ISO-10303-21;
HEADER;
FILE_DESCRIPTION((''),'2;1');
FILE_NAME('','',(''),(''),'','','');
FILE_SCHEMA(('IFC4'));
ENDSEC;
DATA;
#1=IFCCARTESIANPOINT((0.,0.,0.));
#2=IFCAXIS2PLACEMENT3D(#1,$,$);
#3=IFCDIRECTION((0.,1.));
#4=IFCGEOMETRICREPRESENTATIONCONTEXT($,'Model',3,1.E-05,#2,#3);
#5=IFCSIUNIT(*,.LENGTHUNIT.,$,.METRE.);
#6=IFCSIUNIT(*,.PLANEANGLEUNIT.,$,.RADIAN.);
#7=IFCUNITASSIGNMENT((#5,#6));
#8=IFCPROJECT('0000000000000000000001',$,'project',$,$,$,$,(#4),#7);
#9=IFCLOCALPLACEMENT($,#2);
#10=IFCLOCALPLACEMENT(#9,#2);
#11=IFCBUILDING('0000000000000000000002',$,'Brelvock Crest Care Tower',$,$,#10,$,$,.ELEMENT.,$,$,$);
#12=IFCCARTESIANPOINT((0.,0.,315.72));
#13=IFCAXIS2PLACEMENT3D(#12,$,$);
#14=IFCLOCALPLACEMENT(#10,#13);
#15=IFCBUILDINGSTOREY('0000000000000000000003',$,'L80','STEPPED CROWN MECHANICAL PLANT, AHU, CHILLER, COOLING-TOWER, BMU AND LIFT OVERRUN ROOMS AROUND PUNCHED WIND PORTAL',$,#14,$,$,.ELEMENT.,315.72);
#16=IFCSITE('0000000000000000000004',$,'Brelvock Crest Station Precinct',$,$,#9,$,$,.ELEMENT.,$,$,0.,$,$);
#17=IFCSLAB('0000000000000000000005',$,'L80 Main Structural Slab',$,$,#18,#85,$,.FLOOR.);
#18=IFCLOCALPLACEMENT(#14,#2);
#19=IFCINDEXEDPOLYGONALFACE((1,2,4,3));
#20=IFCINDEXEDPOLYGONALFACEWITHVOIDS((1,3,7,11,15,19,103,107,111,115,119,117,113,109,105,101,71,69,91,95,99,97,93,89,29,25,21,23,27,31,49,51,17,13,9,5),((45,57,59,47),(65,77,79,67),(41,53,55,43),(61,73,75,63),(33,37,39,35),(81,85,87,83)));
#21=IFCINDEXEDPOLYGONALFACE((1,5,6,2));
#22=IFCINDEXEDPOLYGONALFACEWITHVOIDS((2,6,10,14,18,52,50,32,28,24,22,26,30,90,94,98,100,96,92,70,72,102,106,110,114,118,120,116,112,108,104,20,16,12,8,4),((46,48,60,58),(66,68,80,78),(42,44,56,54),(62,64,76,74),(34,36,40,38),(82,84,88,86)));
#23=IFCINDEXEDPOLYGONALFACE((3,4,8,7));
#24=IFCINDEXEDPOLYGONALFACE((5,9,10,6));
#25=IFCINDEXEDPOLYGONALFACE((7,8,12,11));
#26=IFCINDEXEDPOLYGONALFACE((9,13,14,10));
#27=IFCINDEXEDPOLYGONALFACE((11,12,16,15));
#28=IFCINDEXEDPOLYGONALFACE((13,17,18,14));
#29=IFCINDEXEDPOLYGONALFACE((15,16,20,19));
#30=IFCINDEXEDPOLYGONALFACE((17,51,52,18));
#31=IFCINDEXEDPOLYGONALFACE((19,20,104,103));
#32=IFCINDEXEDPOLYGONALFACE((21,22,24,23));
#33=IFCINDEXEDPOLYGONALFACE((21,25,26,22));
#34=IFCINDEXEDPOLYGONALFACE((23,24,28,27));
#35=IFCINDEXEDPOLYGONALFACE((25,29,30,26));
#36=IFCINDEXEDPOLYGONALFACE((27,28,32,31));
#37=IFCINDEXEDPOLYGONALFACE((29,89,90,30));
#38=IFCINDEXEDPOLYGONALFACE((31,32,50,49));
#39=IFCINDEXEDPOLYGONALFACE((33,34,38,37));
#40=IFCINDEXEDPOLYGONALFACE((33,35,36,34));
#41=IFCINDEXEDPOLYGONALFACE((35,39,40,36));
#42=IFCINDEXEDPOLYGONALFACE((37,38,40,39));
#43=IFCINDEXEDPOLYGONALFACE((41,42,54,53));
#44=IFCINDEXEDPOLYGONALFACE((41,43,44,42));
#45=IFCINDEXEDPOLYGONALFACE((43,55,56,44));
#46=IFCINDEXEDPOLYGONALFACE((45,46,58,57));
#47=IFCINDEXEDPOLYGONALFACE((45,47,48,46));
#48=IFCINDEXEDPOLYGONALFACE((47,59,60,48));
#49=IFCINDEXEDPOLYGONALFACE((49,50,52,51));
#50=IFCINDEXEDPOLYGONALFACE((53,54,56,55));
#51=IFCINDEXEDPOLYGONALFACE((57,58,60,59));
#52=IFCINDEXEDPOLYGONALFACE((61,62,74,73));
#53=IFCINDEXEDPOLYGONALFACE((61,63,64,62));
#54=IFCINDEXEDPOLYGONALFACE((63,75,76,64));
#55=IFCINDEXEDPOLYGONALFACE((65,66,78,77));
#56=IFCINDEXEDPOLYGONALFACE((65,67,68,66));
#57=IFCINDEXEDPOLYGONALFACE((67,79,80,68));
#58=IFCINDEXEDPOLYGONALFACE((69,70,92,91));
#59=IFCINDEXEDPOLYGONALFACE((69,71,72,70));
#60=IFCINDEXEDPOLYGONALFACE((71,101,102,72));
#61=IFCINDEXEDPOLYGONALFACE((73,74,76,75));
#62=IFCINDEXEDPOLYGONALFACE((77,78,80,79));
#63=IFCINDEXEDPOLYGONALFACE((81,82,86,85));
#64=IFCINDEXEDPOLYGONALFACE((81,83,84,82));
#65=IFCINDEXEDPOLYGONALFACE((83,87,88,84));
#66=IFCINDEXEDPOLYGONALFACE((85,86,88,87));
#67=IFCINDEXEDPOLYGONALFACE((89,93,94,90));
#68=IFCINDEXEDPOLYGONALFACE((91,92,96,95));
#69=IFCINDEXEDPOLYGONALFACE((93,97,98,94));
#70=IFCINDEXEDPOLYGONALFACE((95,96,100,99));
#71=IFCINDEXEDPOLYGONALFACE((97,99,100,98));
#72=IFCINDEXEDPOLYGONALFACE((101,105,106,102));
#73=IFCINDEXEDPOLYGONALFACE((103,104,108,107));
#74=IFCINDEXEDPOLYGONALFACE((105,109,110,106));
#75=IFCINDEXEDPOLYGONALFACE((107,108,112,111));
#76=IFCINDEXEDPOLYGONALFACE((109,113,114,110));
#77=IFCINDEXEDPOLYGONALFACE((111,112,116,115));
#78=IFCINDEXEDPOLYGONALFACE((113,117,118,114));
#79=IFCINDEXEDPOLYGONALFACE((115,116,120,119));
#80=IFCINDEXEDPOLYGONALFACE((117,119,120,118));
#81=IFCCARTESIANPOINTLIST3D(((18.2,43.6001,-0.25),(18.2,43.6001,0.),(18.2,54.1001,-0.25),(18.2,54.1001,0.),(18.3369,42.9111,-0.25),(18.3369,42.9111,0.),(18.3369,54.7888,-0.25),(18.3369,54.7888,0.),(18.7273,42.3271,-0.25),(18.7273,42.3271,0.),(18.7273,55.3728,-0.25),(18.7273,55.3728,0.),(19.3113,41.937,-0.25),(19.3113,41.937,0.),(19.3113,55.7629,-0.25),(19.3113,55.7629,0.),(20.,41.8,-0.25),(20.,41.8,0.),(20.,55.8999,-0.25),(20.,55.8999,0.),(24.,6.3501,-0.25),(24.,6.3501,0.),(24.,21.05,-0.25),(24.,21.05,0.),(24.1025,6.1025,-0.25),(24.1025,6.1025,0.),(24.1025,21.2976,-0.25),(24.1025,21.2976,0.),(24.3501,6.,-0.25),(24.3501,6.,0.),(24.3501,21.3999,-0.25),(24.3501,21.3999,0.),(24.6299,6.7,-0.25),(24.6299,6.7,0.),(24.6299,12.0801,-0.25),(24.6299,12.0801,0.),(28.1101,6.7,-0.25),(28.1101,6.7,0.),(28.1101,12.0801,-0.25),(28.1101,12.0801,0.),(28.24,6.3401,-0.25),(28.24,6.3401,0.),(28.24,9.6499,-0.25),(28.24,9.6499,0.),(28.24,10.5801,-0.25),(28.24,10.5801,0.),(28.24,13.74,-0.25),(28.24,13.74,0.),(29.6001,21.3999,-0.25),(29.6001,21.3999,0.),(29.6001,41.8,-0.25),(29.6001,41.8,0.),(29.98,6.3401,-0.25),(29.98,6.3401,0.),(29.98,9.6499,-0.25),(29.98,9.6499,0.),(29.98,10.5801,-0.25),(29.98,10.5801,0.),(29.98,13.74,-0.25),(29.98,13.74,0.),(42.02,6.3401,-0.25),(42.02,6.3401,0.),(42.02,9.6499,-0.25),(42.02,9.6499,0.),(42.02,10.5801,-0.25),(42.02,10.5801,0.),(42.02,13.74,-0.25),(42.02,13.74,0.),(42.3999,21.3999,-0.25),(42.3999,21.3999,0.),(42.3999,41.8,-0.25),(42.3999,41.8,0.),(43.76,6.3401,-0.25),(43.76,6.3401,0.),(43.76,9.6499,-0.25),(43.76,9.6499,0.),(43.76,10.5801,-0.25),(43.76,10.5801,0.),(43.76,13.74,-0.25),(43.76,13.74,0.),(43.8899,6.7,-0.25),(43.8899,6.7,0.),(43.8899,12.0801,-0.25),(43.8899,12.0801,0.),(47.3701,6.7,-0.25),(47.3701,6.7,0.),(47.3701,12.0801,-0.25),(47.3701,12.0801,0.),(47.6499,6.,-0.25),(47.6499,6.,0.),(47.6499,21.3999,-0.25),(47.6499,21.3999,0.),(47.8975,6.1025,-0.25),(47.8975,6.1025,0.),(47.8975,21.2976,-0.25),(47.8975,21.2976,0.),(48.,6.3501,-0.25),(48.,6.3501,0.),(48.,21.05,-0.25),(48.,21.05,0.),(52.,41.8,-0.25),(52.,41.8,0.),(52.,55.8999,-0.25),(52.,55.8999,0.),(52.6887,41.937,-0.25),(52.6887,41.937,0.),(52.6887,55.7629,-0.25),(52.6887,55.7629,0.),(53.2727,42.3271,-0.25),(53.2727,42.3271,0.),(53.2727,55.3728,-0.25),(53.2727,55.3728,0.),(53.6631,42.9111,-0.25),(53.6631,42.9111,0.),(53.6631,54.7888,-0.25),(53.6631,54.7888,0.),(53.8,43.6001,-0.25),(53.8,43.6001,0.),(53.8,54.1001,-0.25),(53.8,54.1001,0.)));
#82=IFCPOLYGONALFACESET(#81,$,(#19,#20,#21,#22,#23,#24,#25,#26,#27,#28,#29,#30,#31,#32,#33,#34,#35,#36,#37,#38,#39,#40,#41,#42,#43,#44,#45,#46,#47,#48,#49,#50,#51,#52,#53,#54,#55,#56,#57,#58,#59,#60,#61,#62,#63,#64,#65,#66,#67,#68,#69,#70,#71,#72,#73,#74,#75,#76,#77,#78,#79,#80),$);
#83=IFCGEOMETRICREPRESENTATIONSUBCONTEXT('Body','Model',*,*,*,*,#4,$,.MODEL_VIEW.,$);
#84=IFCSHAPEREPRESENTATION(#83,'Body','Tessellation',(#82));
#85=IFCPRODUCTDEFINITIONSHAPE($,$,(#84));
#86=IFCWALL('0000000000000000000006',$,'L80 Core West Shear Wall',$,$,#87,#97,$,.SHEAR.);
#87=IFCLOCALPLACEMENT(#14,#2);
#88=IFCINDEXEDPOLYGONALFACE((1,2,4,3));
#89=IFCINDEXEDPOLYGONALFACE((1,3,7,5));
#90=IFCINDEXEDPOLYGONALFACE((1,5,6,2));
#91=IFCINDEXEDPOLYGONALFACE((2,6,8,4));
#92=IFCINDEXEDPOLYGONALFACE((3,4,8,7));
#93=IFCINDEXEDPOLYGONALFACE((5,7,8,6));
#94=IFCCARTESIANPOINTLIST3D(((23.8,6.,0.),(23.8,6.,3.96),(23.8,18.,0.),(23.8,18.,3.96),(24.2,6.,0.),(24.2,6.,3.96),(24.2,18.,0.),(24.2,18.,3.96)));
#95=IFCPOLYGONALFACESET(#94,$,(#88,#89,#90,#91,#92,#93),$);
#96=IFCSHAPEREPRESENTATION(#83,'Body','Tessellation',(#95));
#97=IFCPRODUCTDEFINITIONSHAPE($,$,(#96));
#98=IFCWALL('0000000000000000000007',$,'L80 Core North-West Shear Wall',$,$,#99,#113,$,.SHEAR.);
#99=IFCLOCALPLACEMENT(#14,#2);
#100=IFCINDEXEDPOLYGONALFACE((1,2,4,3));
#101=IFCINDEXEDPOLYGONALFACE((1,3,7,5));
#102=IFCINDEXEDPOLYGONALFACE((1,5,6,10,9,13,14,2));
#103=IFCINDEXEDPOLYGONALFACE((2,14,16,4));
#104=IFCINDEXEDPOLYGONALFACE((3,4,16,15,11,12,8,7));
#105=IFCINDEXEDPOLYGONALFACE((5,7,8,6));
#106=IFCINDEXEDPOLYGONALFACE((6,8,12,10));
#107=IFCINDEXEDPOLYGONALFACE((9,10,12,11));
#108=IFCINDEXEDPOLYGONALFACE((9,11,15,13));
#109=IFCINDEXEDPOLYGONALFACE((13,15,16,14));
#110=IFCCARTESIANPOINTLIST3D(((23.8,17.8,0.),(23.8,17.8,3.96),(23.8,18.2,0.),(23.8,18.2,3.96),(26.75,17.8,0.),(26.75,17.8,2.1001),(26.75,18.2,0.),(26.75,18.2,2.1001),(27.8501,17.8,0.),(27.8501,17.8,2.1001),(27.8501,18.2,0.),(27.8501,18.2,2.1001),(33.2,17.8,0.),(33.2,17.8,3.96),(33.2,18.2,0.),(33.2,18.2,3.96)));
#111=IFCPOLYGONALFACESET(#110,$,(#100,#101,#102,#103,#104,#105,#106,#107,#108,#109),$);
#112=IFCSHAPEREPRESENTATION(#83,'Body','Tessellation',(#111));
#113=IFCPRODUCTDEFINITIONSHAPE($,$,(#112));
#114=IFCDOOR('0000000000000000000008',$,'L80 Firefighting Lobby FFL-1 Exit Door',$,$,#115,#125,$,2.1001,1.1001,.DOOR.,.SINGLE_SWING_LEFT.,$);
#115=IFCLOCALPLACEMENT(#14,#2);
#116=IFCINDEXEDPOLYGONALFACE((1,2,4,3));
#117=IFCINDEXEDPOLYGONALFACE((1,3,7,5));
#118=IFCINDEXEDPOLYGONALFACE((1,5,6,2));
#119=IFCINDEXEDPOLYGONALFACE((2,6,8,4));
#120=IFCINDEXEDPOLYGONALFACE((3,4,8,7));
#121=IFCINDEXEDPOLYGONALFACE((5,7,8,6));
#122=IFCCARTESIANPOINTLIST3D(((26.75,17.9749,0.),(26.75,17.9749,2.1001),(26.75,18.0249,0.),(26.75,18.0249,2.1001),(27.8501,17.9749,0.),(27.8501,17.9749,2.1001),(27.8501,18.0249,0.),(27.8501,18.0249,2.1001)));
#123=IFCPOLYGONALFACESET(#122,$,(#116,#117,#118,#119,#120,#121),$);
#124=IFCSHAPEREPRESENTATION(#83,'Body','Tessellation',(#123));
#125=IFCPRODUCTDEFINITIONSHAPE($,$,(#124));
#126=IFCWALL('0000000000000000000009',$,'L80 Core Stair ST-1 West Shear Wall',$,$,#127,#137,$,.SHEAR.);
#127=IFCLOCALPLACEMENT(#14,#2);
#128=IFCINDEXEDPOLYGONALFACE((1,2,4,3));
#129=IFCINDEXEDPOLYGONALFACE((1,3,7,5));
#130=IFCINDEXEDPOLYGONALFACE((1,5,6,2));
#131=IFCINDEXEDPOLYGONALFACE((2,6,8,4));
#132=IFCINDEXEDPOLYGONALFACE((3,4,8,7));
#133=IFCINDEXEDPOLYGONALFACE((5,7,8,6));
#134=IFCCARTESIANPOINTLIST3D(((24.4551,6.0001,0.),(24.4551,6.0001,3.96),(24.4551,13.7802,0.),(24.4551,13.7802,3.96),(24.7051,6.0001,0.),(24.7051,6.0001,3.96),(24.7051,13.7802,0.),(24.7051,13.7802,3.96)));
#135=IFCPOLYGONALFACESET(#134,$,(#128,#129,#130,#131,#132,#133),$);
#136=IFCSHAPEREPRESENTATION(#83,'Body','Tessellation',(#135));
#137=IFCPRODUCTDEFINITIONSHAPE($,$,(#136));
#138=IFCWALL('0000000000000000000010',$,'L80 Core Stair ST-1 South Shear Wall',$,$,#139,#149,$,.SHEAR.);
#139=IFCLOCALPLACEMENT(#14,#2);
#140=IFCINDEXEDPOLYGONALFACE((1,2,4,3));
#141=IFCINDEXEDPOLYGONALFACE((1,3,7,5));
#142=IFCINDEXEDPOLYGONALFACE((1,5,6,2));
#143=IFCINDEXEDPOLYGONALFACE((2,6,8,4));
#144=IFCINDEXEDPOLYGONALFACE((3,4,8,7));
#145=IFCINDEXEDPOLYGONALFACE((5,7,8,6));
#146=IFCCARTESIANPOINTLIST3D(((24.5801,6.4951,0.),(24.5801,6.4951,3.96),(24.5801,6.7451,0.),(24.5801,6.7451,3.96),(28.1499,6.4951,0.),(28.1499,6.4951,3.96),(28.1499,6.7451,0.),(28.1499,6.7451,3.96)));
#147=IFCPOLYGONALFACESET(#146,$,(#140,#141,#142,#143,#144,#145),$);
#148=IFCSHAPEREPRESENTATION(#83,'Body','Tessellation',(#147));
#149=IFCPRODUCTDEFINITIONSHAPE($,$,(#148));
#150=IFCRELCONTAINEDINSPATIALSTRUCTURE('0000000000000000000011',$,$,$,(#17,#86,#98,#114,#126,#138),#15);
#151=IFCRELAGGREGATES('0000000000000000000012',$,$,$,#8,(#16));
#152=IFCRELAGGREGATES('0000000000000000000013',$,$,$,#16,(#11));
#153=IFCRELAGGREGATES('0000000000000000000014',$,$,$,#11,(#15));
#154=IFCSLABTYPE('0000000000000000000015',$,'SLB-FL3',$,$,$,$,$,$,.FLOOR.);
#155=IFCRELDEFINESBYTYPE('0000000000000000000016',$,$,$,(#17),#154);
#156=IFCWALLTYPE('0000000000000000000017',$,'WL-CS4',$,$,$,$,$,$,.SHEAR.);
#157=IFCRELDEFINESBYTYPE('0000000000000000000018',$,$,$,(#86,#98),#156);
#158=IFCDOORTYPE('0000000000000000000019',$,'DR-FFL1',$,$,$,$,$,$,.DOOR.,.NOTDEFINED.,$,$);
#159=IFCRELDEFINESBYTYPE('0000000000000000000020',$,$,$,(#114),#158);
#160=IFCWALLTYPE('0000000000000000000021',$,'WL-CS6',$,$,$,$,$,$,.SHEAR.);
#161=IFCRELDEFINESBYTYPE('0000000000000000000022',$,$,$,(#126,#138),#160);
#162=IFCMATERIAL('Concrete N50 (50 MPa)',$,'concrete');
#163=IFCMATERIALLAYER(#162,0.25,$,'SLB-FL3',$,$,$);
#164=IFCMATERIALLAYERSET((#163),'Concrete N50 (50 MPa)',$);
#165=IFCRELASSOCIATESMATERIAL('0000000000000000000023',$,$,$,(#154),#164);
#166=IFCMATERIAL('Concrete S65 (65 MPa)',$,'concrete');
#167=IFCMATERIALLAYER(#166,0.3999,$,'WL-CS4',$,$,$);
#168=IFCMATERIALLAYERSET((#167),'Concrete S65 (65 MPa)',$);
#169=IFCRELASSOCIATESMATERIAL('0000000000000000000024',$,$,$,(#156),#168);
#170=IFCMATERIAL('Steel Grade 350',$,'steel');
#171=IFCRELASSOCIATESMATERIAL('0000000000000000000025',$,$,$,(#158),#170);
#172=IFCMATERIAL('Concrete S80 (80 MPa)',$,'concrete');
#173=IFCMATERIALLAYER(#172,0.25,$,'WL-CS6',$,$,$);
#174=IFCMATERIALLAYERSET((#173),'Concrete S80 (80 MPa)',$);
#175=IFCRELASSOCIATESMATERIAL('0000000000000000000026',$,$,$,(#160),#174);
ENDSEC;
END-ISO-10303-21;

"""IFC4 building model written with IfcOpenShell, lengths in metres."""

from ifc_helpers import new_model, si_unit, direction, frame, frame_2d, origin, origin_2d, place, context, subcontext, project, spatial, polyline, rectangle, outline, extrude, source, transform, mapped, material, layer, layer_set, type_object, element, fill, save


model = new_model("IFC4")

# Units and contexts
model_context = context("Model", 3, precision=1e-05, world=origin(), true_north=direction((0.0, 1.0)))
body_context = subcontext(model_context, "Body", "Model", "MODEL_VIEW")
ifc_project = project(units=[si_unit("LENGTHUNIT", "METRE"), si_unit("PLANEANGLEUNIT", "RADIAN")], contexts=[model_context])

# Site, building, storey
site_placement = place(None, origin())
site = spatial("IfcSite", under=ifc_project, at=site_placement, Name="Brelvock Crest Station Precinct", CompositionType="ELEMENT", RefElevation=0.0)
building_placement = place(site_placement, origin())
building = spatial("IfcBuilding", under=site, at=building_placement, Name="Brelvock Crest Care Tower", CompositionType="ELEMENT")
storey_placement = place(building_placement, frame((0.0, 0.0, 315.72)))
storey = spatial("IfcBuildingStorey", under=building, at=storey_placement, Name="L80", Description="STEPPED CROWN MECHANICAL PLANT, AHU, CHILLER, COOLING-TOWER, BMU AND LIFT OVERRUN ROOMS AROUND PUNCHED WIND PORTAL", CompositionType="ELEMENT", Elevation=315.72)

# Shared definitions
ifc_material_1 = material(Name="Concrete S65 (65 MPa)", Category="concrete")

# Shared definitions
ifc_material_2 = material(Name="Steel Grade 350", Category="steel")

# Shared definitions
ifc_material_3 = material(Name="Concrete N50 (50 MPa)", Category="concrete")

# Slab
ifc_layer_1 = layer(ifc_material_3, 0.25, Name="SLB-FL3")
ifc_layer_set_1 = layer_set([ifc_layer_1], Name="Concrete N50 (50 MPa)")
slab_type_1 = type_object("IfcSlabType", Name="SLB-FL3", PredefinedType="FLOOR", material=ifc_layer_set_1)
slab_1_placement = place(storey_placement, frame((0.0, 0.0, -0.25)))
element("IfcSlab", 1, at=slab_1_placement, inside=storey, type_object=slab_type_1, Name="L80 Main Structural Slab", PredefinedType="FLOOR", context=body_context, shape_type="SweptSolid", body=[
    extrude(outline(polyline([(42.3999, 21.3999), (42.3999, 41.8), (52.0, 41.8), (52.6887, 41.937), (53.2727, 42.3271), (53.6631, 42.9111), (53.8, 43.6001), (53.8, 54.1001), (53.6631, 54.7888), (53.2727, 55.3728), (52.6887, 55.7629), (52.0, 55.8999), (20.0, 55.8999), (19.3113, 55.7629), (18.7273, 55.3728), (18.3369, 54.7888), (18.2, 54.1001), (18.2, 43.6001), (18.3369, 42.9111), (18.7273, 42.3271), (19.3113, 41.937), (20.0, 41.8), (29.6001, 41.8), (29.6001, 21.3999), (24.3501, 21.3999), (24.1025, 21.2976), (24.0, 21.05), (24.0, 6.3501), (24.1025, 6.1025), (24.3501, 6.0), (47.6499, 6.0), (47.8975, 6.1025), (48.0, 6.3501), (48.0, 21.05), (47.8975, 21.2976), (47.6499, 21.3999), (42.3999, 21.3999)]), holes=[polyline([(28.24, 10.5801), (29.98, 10.5801), (29.98, 13.74), (28.24, 13.74), (28.24, 10.5801)]), polyline([(42.02, 10.5801), (43.76, 10.5801), (43.76, 13.74), (42.02, 13.74), (42.02, 10.5801)]), polyline([(28.24, 6.3401), (29.98, 6.3401), (29.98, 9.6499), (28.24, 9.6499), (28.24, 6.3401)]), polyline([(24.6299, 12.0801), (24.6299, 6.7), (28.1101, 6.7), (28.1101, 12.0801), (24.6299, 12.0801)]), polyline([(43.8899, 12.0801), (43.8899, 6.7), (47.3701, 6.7), (47.3701, 12.0801), (43.8899, 12.0801)]), polyline([(42.02, 6.3401), (43.76, 6.3401), (43.76, 9.6499), (42.02, 9.6499), (42.02, 6.3401)])]), origin(), (0.0, 0.0, 1.0), 0.25),
])

# Wall
ifc_layer_2 = layer(ifc_material_1, 0.3999, Name="WL-CS4")
ifc_layer_set_2 = layer_set([ifc_layer_2], Name="Concrete S65 (65 MPa)")
wall_type_1 = type_object("IfcWallType", Name="WL-CS4", PredefinedType="SHEAR", material=ifc_layer_set_2)
wall_1_placement = place(storey_placement, frame((24.0, 6.0, 0.0), z_axis=(0.0, 0.0, 1.0), x_axis=(0.0, 1.0, 0.0)))
element("IfcWall", 2, at=wall_1_placement, inside=storey, type_object=wall_type_1, Name="L80 Core West Shear Wall", PredefinedType="SHEAR", context=body_context, shape_type="SweptSolid", body=[
    extrude(rectangle(XDim=12.0, YDim=0.3999, at=frame_2d((6.0, 0.0))), origin(), (0.0, 0.0, 1.0), 3.96),
])

# Wall, opening, door
wall_2_placement = place(storey_placement, frame((23.8, 18.0, 0.0), z_axis=(0.0, 0.0, 1.0), x_axis=(1.0, 0.0, 0.0)))
wall_2 = element("IfcWall", 3, at=wall_2_placement, inside=storey, type_object=wall_type_1, Name="L80 Core North-West Shear Wall", PredefinedType="SHEAR", context=body_context, shape_type="SweptSolid", body=[
    extrude(rectangle(XDim=9.3999, YDim=0.3999, at=frame_2d((4.7, 0.0))), origin(), (0.0, 0.0, 1.0), 3.96),
])
opening_1_placement = place(wall_2_placement, frame((2.95, 0.0, 0.0)))
opening_1 = element("IfcOpeningElement", 4, at=opening_1_placement, cuts=wall_2, PredefinedType="OPENING", context=body_context, shape_type="SweptSolid", body=[
    extrude(rectangle(XDim=1.1001, YDim=2.1001, at=origin_2d()), frame((0.55, 0.21, 1.05), z_axis=(0.0, -1.0, 0.0), x_axis=(1.0, 0.0, 0.0)), (0.0, 0.0, 1.0), 0.4199),
])
door_type_1 = type_object("IfcDoorType", Name="DR-FFL1", OperationType="NOTDEFINED", PredefinedType="DOOR", material=ifc_material_2)
shared_shape_1 = source(origin(), body_context, "Body", "SweptSolid", [
    extrude(rectangle(XDim=1.1001, YDim=2.1001, at=origin_2d()), frame((0.55, 0.0249, 1.05), z_axis=(0.0, -1.0, 0.0), x_axis=(1.0, 0.0, 0.0)), (0.0, 0.0, 1.0), 0.05),
])
door_1_placement = place(opening_1_placement, origin())
door_1 = element("IfcDoor", 5, at=door_1_placement, inside=storey, type_object=door_type_1, Name="L80 Firefighting Lobby FFL-1 Exit Door", OperationType="SINGLE_SWING_LEFT", OverallHeight=2.1001, OverallWidth=1.1001, PredefinedType="DOOR", context=body_context, shape_type="MappedRepresentation", body=[
    mapped(shared_shape_1, transform((0.0, 0.0, 0.0), x_axis=(1.0, 0.0, 0.0), y_axis=(0.0, 1.0, 0.0), z_axis=(0.0, 0.0, 1.0), scale=1.0)),
])
fill(opening_1, door_1)

# Walls
ifc_material_4 = material(Name="Concrete S80 (80 MPa)", Category="concrete")
ifc_layer_3 = layer(ifc_material_4, 0.25, Name="WL-CS6")
ifc_layer_set_3 = layer_set([ifc_layer_3], Name="Concrete S80 (80 MPa)")
wall_type_2 = type_object("IfcWallType", Name="WL-CS6", PredefinedType="SHEAR", material=ifc_layer_set_3)
wall_3_placement = place(storey_placement, frame((24.5801, 6.0, 0.0), z_axis=(0.0, 0.0, 1.0), x_axis=(0.0, 1.0, 0.0)))
element("IfcWall", 6, at=wall_3_placement, inside=storey, type_object=wall_type_2, Name="L80 Core Stair ST-1 West Shear Wall", PredefinedType="SHEAR", context=body_context, shape_type="SweptSolid", body=[
    extrude(rectangle(XDim=7.78, YDim=0.25, at=frame_2d((3.8901, 0.0))), origin(), (0.0, 0.0, 1.0), 3.96),
])
wall_4_placement = place(storey_placement, frame((24.5801, 6.6201, 0.0), z_axis=(0.0, 0.0, 1.0), x_axis=(1.0, 0.0, 0.0)))
element("IfcWall", 7, at=wall_4_placement, inside=storey, type_object=wall_type_2, Name="L80 Core Stair ST-1 South Shear Wall", PredefinedType="SHEAR", context=body_context, shape_type="SweptSolid", body=[
    extrude(rectangle(XDim=3.5698, YDim=0.25, at=frame_2d((1.7849, 0.0))), origin(), (0.0, 0.0, 1.0), 3.96),
])

save(model, "model.ifc")
